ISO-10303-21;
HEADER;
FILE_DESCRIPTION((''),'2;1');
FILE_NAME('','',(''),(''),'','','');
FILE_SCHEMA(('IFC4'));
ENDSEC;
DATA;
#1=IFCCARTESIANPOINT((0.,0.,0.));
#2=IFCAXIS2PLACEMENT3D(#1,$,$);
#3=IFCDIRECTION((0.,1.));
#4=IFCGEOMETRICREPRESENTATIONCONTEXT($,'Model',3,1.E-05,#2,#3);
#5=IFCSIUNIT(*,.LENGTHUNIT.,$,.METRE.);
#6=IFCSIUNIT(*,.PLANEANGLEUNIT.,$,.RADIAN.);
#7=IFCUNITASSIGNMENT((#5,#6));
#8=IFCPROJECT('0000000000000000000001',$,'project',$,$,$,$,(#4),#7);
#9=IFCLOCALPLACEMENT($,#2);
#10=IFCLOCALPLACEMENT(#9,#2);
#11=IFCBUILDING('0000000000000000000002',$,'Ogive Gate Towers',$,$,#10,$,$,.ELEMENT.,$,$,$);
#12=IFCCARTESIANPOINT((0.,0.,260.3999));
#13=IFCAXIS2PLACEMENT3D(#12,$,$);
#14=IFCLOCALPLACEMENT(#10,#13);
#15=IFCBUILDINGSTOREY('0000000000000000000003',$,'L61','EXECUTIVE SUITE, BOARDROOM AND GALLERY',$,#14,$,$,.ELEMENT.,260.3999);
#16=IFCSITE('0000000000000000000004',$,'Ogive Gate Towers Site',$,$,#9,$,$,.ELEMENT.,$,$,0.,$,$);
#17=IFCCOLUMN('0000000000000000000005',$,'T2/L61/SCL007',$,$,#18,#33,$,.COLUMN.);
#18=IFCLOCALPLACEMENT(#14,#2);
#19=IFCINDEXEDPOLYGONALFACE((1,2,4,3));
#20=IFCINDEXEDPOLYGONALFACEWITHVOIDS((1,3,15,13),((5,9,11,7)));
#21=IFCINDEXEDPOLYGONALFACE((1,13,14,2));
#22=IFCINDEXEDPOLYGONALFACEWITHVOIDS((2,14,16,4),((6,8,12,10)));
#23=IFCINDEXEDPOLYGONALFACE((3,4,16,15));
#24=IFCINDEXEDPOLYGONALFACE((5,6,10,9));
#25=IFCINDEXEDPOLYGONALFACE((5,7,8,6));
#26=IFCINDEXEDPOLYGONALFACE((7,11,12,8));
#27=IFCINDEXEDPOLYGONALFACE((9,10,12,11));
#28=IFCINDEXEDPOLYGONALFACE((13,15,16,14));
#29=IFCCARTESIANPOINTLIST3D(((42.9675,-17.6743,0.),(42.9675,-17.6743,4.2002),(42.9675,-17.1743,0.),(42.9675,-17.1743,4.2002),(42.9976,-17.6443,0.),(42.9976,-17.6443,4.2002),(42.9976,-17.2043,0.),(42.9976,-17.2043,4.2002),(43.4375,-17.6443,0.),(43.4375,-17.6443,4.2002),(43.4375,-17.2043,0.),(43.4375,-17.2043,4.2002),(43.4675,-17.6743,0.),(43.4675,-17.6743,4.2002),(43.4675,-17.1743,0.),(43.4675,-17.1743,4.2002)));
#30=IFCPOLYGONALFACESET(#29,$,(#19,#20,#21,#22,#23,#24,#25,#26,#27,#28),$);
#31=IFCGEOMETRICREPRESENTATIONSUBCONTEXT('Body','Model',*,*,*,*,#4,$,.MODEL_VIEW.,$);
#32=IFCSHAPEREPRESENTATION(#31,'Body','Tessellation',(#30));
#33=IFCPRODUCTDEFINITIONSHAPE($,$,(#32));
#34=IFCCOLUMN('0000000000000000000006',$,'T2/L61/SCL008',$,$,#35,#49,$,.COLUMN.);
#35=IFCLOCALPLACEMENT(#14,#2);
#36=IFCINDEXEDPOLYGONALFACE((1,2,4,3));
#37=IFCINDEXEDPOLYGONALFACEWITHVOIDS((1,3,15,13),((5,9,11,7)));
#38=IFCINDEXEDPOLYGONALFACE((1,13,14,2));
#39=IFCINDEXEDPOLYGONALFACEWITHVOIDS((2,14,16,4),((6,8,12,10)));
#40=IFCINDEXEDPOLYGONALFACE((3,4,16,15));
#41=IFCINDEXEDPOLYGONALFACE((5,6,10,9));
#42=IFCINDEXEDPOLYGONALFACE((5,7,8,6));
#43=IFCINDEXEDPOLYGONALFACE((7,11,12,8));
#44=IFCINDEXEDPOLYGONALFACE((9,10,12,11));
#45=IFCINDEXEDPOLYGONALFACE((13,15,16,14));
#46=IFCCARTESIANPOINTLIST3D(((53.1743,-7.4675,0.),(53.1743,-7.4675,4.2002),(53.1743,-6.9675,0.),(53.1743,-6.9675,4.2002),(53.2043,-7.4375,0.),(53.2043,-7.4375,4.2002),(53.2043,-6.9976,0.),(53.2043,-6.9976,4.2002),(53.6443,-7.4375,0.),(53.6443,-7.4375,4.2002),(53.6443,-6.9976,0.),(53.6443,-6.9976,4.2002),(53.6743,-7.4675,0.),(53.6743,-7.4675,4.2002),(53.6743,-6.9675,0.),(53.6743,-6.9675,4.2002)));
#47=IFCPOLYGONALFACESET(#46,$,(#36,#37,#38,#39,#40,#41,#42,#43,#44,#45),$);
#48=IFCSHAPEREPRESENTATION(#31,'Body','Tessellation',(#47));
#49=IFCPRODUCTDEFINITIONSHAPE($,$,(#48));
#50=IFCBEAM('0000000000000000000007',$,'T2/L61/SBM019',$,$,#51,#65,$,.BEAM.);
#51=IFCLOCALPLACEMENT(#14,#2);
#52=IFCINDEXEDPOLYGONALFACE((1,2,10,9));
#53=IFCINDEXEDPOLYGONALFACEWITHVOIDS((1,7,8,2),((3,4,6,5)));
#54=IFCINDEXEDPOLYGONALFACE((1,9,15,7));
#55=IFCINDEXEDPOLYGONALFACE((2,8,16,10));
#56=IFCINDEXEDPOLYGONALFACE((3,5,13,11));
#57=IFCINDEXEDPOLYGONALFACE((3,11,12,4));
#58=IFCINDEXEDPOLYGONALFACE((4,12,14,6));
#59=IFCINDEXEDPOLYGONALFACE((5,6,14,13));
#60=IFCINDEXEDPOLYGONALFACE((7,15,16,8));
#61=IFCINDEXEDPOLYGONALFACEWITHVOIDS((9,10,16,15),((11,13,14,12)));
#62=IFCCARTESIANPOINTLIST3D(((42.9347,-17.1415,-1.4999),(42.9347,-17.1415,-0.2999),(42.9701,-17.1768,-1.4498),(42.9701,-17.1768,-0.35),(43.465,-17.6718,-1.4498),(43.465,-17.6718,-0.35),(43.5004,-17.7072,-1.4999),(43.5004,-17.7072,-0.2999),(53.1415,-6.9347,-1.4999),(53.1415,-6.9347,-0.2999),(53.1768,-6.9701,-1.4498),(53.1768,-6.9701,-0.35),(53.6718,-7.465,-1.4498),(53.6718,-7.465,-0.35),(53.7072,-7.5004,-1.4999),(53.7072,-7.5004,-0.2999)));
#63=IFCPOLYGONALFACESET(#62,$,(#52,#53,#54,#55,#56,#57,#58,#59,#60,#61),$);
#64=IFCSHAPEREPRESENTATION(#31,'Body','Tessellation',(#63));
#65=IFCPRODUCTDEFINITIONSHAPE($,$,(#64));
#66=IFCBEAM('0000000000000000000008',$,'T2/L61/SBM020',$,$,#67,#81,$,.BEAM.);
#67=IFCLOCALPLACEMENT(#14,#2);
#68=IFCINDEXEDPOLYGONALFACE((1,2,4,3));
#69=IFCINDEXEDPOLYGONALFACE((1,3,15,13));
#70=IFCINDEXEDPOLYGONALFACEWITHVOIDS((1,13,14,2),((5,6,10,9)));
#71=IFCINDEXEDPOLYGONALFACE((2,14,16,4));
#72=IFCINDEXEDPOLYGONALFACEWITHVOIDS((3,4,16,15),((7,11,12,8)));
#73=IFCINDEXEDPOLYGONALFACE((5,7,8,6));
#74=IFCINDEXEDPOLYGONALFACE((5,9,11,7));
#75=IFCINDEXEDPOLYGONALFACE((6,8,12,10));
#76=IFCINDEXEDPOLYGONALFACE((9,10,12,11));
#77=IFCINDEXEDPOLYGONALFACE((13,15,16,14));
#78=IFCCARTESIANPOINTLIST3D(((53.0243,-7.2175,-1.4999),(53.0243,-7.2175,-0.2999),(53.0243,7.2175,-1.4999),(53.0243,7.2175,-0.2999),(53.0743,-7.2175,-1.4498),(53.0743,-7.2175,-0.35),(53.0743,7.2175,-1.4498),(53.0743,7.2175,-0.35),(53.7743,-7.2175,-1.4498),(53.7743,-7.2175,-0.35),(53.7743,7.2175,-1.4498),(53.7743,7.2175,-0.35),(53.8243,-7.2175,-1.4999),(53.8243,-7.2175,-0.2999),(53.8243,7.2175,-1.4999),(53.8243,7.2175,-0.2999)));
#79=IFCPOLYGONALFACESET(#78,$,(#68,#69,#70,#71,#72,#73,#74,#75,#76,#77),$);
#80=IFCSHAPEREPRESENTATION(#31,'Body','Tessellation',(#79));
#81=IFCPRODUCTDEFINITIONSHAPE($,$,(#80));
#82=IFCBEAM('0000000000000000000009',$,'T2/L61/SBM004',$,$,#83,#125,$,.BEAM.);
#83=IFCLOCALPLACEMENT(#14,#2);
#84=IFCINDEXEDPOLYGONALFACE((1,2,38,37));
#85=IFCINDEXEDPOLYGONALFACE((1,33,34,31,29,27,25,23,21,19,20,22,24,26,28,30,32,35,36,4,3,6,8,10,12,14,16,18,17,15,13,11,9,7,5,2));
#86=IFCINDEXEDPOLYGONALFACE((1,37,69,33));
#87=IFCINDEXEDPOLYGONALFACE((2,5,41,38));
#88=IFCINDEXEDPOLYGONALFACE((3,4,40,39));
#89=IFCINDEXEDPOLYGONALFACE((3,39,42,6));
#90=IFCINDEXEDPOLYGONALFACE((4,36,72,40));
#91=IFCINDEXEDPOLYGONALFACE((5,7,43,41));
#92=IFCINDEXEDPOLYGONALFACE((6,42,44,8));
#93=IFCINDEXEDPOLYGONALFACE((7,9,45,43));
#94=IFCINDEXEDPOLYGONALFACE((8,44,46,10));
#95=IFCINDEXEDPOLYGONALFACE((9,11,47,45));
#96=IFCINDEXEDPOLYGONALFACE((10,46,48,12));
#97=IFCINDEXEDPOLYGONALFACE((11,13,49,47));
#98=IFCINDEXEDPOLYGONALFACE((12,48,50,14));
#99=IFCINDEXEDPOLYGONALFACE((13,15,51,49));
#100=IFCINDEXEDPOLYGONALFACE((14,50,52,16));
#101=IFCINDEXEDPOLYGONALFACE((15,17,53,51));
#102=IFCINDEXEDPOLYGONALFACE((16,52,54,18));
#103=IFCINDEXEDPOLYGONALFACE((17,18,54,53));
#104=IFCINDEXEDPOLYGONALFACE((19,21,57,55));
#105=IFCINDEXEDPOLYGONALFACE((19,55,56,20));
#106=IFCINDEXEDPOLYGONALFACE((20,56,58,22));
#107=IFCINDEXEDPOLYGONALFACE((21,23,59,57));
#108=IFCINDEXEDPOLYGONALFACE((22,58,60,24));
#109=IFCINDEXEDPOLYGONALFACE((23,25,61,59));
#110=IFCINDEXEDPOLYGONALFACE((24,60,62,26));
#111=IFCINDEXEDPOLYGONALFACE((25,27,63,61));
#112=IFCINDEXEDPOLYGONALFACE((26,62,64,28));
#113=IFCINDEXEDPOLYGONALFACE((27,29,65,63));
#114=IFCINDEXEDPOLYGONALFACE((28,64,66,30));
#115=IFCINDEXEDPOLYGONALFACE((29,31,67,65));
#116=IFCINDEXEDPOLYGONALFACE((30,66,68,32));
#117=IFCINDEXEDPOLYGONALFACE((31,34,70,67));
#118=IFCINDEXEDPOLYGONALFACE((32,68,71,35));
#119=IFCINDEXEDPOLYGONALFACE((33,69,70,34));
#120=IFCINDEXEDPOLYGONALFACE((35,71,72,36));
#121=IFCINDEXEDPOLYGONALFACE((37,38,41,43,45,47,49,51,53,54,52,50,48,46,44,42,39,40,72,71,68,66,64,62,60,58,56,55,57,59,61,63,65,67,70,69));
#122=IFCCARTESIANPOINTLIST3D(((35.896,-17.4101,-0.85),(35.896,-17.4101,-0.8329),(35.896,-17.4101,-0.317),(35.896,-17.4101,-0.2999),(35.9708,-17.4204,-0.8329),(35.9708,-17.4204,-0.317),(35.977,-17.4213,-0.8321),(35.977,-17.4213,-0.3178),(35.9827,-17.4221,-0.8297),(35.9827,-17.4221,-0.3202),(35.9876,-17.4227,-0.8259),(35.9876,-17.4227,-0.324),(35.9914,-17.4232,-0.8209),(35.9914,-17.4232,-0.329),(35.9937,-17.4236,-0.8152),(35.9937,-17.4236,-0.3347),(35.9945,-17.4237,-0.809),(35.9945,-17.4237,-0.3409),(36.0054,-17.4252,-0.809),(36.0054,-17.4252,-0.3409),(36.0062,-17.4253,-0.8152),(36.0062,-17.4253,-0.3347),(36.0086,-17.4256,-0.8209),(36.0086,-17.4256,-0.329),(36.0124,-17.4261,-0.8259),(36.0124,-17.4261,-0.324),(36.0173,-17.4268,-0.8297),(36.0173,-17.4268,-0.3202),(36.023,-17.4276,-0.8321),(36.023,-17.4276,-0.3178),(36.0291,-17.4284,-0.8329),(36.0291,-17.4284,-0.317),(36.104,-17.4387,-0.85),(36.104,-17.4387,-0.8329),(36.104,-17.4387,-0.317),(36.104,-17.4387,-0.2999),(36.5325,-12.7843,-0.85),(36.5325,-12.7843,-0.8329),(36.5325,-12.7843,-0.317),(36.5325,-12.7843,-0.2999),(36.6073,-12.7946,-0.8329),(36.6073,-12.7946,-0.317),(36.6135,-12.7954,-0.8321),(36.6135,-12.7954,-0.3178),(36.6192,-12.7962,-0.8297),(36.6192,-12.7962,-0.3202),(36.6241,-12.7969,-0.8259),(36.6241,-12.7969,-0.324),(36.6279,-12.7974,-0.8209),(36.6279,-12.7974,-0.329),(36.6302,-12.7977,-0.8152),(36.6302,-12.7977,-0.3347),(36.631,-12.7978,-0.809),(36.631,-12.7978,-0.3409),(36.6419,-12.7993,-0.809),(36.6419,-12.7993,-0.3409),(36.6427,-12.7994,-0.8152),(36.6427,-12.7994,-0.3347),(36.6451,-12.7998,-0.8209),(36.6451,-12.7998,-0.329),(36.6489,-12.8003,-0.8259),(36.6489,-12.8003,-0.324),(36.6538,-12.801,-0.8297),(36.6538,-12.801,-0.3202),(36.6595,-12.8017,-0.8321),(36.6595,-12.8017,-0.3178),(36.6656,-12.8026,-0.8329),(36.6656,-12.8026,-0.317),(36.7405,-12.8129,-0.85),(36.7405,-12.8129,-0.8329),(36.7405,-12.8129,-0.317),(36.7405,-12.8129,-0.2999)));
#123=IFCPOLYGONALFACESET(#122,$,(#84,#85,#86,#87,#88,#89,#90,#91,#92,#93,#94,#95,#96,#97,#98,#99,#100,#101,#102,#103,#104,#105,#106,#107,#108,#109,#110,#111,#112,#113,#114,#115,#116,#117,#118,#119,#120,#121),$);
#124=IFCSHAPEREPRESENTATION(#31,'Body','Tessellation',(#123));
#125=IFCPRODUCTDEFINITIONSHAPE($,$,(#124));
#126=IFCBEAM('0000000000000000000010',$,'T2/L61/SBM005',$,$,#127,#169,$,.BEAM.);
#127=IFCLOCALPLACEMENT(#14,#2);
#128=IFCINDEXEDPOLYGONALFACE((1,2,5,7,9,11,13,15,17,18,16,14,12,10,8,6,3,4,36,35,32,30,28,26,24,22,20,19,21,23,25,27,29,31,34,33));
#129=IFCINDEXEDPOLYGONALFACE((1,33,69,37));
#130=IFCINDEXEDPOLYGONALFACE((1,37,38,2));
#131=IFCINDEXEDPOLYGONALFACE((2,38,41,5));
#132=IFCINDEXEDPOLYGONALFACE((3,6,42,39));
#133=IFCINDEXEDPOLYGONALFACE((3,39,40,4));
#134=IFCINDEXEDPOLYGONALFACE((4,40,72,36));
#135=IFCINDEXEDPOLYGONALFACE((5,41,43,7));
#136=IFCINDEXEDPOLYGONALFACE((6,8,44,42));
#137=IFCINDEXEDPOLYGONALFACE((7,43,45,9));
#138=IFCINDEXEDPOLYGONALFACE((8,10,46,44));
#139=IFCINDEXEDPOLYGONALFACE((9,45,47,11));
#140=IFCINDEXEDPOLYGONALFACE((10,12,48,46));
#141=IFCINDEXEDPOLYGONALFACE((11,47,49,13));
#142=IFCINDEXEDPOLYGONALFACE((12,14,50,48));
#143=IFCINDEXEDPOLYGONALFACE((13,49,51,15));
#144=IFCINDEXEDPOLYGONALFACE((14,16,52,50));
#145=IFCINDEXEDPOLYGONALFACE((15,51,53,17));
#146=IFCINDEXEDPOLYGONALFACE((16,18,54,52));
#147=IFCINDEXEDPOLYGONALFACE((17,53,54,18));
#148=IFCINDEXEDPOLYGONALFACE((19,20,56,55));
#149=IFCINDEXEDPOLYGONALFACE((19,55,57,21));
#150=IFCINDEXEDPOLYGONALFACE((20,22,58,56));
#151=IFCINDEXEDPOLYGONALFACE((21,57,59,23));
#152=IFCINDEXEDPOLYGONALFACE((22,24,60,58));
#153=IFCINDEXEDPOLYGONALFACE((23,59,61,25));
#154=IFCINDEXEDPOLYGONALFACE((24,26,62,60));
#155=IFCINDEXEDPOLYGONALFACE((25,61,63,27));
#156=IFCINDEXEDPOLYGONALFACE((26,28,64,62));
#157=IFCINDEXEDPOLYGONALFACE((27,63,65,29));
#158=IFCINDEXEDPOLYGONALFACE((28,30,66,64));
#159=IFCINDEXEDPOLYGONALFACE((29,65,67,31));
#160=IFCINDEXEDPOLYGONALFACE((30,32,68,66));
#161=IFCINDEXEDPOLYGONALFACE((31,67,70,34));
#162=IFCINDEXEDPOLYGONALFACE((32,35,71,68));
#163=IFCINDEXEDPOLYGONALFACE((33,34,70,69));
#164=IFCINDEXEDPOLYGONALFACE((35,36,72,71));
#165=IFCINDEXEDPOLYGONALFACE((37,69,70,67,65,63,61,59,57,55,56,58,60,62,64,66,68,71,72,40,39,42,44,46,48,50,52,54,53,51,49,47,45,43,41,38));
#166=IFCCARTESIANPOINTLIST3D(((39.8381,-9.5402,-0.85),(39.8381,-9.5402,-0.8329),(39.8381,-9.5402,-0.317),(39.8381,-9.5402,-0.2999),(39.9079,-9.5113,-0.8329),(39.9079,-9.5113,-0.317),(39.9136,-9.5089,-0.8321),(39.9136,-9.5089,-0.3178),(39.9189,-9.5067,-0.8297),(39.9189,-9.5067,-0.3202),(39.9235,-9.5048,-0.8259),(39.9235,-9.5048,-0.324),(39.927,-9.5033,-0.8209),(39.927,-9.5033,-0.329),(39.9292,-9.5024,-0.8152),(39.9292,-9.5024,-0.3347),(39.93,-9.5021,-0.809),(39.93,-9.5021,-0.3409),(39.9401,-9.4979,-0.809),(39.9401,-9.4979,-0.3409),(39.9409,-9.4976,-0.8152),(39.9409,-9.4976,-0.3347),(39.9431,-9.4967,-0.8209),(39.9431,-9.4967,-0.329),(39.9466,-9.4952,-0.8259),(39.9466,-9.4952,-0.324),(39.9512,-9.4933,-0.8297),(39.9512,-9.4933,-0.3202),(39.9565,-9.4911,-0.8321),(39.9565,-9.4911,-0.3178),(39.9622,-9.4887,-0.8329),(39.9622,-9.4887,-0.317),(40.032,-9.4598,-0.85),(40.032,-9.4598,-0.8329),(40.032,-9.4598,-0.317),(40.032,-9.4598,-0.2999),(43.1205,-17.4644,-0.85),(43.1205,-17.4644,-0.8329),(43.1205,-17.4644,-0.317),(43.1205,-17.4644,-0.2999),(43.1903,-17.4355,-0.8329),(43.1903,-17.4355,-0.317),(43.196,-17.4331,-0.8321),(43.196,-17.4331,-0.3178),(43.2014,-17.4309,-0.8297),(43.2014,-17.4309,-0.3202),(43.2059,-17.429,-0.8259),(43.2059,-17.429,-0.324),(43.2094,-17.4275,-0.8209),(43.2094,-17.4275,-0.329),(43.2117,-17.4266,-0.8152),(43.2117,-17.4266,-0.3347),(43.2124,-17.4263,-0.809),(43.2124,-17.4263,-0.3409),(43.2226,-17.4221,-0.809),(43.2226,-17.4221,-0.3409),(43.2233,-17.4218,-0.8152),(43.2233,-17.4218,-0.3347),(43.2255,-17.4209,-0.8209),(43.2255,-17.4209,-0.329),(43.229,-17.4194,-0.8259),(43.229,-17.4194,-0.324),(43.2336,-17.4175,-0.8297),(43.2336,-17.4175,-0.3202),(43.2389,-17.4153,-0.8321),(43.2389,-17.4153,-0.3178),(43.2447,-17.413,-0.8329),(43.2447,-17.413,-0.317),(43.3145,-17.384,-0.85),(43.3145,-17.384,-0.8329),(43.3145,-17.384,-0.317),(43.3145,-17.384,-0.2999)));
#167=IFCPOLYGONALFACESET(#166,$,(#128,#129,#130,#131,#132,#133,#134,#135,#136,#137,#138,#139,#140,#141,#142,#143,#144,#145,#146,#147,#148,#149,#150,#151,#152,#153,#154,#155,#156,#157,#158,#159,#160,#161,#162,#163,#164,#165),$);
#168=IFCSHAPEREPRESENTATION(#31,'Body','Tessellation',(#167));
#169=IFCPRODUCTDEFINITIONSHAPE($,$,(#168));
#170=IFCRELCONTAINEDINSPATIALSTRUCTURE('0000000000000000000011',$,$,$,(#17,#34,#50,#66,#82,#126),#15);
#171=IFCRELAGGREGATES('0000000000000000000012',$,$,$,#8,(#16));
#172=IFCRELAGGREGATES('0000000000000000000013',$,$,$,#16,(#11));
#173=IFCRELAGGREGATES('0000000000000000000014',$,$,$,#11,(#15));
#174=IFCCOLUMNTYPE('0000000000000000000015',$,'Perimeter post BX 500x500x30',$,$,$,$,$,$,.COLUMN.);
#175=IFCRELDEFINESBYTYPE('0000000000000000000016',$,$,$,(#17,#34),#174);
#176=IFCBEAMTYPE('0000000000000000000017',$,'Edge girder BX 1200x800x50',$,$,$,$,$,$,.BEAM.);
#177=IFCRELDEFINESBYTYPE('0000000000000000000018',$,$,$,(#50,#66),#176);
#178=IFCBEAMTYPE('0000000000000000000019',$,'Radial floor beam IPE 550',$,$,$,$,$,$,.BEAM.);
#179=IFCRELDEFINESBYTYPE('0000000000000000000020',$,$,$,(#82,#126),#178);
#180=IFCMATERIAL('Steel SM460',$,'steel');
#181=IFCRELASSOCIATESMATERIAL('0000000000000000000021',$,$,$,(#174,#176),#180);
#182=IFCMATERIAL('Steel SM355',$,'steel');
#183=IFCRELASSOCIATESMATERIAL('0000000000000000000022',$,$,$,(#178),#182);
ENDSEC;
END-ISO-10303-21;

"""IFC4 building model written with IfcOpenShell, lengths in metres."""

from ifc_helpers import new_model, si_unit, direction, frame, origin, origin_2d, place, context, subcontext, project, spatial, hollow_rectangle, i_section, extrude, material, material_profile, profile_set, type_object, element, save


model = new_model("IFC4")

# Units and contexts
model_context = context("Model", 3, precision=1e-05, world=origin(), true_north=direction((0.0, 1.0)))
body_context = subcontext(model_context, "Body", "Model", "MODEL_VIEW")
ifc_project = project(units=[si_unit("LENGTHUNIT", "METRE"), si_unit("PLANEANGLEUNIT", "RADIAN")], contexts=[model_context])

# Site, building, storey
site_placement = place(None, origin())
site = spatial("IfcSite", under=ifc_project, at=site_placement, Name="Ogive Gate Towers Site", CompositionType="ELEMENT", RefElevation=0.0)
building_placement = place(site_placement, origin())
building = spatial("IfcBuilding", under=site, at=building_placement, Name="Ogive Gate Towers", CompositionType="ELEMENT")
storey_placement = place(building_placement, frame((0.0, 0.0, 260.3999)))
storey = spatial("IfcBuildingStorey", under=building, at=storey_placement, Name="L61", Description="EXECUTIVE SUITE, BOARDROOM AND GALLERY", CompositionType="ELEMENT", Elevation=260.3999)

# Columns
ifc_material_1 = material(Name="Steel SM460", Category="steel")
ifc_material_profile_1 = material_profile(ifc_material_1, hollow_rectangle(XDim=0.5, YDim=0.5, WallThickness=0.03, at=origin_2d()), Name="BX 500x500x30")
ifc_profile_set_1 = profile_set([ifc_material_profile_1], Name="Steel SM460")
column_type = type_object("IfcColumnType", Name="Perimeter post BX 500x500x30", PredefinedType="COLUMN", material=ifc_profile_set_1)
for number, where, z_axis, x_axis, name in (
    (1, (43.2175, -17.4243, 0.0), (0.0, 0.0, 1.0), (1.0, 0.0, 0.0), "T2/L61/SCL007"),
    (2, (53.4243, -7.2175, 0.0), (0.0, 0.0, 1.0), (1.0, 0.0, 0.0), "T2/L61/SCL008"),
):
    element("IfcColumn", number, at=place(storey_placement, frame(where, z_axis=z_axis, x_axis=x_axis)), inside=storey, type_object=column_type, Name=name, PredefinedType="COLUMN", context=body_context, shape_type="SweptSolid", body=[
        extrude(hollow_rectangle(XDim=0.5, YDim=0.5, WallThickness=0.03, at=origin_2d()), origin(), (0.0, 0.0, 1.0), 4.2002),
    ])

# Beams
ifc_material_profile_2 = material_profile(ifc_material_1, hollow_rectangle(XDim=0.8, YDim=1.2, WallThickness=0.05, at=origin_2d()), Name="BX 1200x800x50")
ifc_profile_set_2 = profile_set([ifc_material_profile_2], Name="Steel SM460")
beam_type_1 = type_object("IfcBeamType", Name="Edge girder BX 1200x800x50", PredefinedType="BEAM", material=ifc_profile_set_2)
beam_1_placement = place(storey_placement, frame((43.2175, -17.4243, -0.8999), z_axis=(0.707107, 0.707107, 0.0), x_axis=(-0.707107, 0.707107, 0.0)))
element("IfcBeam", 3, at=beam_1_placement, inside=storey, type_object=beam_type_1, Name="T2/L61/SBM019", PredefinedType="BEAM", context=body_context, shape_type="SweptSolid", body=[
    extrude(hollow_rectangle(XDim=0.8, YDim=1.2, WallThickness=0.05, at=origin_2d()), origin(), (0.0, 0.0, 1.0), 14.4346),
])
beam_2_placement = place(storey_placement, frame((53.4243, -7.2175, -0.8999), z_axis=(0.0, 1.0, 0.0), x_axis=(-1.0, 0.0, 0.0)))
element("IfcBeam", 4, at=beam_2_placement, inside=storey, type_object=beam_type_1, Name="T2/L61/SBM020", PredefinedType="BEAM", context=body_context, shape_type="SweptSolid", body=[
    extrude(hollow_rectangle(XDim=0.8, YDim=1.2, WallThickness=0.05, at=origin_2d()), origin(), (0.0, 0.0, 1.0), 14.4351),
])
ifc_material_2 = material(Name="Steel SM355", Category="steel")
ifc_material_profile_3 = material_profile(ifc_material_2, i_section(OverallWidth=0.21, OverallDepth=0.55, WebThickness=0.011, FlangeThickness=0.0171, FilletRadius=0.0239, at=origin_2d()), Name="IPE 550")
ifc_profile_set_3 = profile_set([ifc_material_profile_3], Name="Steel SM355")
beam_type_2 = type_object("IfcBeamType", Name="Radial floor beam IPE 550", PredefinedType="BEAM", material=ifc_profile_set_3)
beam_3_placement = place(storey_placement, frame((36.6365, -12.7986, -0.575), z_axis=(-0.13631, -0.990666, 0.0), x_axis=(0.990666, -0.13631, 0.0)))
element("IfcBeam", 5, at=beam_3_placement, inside=storey, type_object=beam_type_2, Name="T2/L61/SBM004", PredefinedType="BEAM", context=body_context, shape_type="SweptSolid", body=[
    extrude(i_section(OverallWidth=0.21, OverallDepth=0.55, WebThickness=0.011, FlangeThickness=0.0171, FilletRadius=0.0239, at=origin_2d()), origin(), (0.0, 0.0, 1.0), 4.6694),
])
beam_4_placement = place(storey_placement, frame((39.9351, -9.5, -0.575), z_axis=(0.382695, -0.923875, 0.0), x_axis=(0.923875, 0.382695, 0.0)))
element("IfcBeam", 6, at=beam_4_placement, inside=storey, type_object=beam_type_2, Name="T2/L61/SBM005", PredefinedType="BEAM", context=body_context, shape_type="SweptSolid", body=[
    extrude(i_section(OverallWidth=0.21, OverallDepth=0.55, WebThickness=0.011, FlangeThickness=0.0171, FilletRadius=0.0239, at=origin_2d()), origin(), (0.0, 0.0, 1.0), 8.5771),
])

save(model, "model.ifc")
